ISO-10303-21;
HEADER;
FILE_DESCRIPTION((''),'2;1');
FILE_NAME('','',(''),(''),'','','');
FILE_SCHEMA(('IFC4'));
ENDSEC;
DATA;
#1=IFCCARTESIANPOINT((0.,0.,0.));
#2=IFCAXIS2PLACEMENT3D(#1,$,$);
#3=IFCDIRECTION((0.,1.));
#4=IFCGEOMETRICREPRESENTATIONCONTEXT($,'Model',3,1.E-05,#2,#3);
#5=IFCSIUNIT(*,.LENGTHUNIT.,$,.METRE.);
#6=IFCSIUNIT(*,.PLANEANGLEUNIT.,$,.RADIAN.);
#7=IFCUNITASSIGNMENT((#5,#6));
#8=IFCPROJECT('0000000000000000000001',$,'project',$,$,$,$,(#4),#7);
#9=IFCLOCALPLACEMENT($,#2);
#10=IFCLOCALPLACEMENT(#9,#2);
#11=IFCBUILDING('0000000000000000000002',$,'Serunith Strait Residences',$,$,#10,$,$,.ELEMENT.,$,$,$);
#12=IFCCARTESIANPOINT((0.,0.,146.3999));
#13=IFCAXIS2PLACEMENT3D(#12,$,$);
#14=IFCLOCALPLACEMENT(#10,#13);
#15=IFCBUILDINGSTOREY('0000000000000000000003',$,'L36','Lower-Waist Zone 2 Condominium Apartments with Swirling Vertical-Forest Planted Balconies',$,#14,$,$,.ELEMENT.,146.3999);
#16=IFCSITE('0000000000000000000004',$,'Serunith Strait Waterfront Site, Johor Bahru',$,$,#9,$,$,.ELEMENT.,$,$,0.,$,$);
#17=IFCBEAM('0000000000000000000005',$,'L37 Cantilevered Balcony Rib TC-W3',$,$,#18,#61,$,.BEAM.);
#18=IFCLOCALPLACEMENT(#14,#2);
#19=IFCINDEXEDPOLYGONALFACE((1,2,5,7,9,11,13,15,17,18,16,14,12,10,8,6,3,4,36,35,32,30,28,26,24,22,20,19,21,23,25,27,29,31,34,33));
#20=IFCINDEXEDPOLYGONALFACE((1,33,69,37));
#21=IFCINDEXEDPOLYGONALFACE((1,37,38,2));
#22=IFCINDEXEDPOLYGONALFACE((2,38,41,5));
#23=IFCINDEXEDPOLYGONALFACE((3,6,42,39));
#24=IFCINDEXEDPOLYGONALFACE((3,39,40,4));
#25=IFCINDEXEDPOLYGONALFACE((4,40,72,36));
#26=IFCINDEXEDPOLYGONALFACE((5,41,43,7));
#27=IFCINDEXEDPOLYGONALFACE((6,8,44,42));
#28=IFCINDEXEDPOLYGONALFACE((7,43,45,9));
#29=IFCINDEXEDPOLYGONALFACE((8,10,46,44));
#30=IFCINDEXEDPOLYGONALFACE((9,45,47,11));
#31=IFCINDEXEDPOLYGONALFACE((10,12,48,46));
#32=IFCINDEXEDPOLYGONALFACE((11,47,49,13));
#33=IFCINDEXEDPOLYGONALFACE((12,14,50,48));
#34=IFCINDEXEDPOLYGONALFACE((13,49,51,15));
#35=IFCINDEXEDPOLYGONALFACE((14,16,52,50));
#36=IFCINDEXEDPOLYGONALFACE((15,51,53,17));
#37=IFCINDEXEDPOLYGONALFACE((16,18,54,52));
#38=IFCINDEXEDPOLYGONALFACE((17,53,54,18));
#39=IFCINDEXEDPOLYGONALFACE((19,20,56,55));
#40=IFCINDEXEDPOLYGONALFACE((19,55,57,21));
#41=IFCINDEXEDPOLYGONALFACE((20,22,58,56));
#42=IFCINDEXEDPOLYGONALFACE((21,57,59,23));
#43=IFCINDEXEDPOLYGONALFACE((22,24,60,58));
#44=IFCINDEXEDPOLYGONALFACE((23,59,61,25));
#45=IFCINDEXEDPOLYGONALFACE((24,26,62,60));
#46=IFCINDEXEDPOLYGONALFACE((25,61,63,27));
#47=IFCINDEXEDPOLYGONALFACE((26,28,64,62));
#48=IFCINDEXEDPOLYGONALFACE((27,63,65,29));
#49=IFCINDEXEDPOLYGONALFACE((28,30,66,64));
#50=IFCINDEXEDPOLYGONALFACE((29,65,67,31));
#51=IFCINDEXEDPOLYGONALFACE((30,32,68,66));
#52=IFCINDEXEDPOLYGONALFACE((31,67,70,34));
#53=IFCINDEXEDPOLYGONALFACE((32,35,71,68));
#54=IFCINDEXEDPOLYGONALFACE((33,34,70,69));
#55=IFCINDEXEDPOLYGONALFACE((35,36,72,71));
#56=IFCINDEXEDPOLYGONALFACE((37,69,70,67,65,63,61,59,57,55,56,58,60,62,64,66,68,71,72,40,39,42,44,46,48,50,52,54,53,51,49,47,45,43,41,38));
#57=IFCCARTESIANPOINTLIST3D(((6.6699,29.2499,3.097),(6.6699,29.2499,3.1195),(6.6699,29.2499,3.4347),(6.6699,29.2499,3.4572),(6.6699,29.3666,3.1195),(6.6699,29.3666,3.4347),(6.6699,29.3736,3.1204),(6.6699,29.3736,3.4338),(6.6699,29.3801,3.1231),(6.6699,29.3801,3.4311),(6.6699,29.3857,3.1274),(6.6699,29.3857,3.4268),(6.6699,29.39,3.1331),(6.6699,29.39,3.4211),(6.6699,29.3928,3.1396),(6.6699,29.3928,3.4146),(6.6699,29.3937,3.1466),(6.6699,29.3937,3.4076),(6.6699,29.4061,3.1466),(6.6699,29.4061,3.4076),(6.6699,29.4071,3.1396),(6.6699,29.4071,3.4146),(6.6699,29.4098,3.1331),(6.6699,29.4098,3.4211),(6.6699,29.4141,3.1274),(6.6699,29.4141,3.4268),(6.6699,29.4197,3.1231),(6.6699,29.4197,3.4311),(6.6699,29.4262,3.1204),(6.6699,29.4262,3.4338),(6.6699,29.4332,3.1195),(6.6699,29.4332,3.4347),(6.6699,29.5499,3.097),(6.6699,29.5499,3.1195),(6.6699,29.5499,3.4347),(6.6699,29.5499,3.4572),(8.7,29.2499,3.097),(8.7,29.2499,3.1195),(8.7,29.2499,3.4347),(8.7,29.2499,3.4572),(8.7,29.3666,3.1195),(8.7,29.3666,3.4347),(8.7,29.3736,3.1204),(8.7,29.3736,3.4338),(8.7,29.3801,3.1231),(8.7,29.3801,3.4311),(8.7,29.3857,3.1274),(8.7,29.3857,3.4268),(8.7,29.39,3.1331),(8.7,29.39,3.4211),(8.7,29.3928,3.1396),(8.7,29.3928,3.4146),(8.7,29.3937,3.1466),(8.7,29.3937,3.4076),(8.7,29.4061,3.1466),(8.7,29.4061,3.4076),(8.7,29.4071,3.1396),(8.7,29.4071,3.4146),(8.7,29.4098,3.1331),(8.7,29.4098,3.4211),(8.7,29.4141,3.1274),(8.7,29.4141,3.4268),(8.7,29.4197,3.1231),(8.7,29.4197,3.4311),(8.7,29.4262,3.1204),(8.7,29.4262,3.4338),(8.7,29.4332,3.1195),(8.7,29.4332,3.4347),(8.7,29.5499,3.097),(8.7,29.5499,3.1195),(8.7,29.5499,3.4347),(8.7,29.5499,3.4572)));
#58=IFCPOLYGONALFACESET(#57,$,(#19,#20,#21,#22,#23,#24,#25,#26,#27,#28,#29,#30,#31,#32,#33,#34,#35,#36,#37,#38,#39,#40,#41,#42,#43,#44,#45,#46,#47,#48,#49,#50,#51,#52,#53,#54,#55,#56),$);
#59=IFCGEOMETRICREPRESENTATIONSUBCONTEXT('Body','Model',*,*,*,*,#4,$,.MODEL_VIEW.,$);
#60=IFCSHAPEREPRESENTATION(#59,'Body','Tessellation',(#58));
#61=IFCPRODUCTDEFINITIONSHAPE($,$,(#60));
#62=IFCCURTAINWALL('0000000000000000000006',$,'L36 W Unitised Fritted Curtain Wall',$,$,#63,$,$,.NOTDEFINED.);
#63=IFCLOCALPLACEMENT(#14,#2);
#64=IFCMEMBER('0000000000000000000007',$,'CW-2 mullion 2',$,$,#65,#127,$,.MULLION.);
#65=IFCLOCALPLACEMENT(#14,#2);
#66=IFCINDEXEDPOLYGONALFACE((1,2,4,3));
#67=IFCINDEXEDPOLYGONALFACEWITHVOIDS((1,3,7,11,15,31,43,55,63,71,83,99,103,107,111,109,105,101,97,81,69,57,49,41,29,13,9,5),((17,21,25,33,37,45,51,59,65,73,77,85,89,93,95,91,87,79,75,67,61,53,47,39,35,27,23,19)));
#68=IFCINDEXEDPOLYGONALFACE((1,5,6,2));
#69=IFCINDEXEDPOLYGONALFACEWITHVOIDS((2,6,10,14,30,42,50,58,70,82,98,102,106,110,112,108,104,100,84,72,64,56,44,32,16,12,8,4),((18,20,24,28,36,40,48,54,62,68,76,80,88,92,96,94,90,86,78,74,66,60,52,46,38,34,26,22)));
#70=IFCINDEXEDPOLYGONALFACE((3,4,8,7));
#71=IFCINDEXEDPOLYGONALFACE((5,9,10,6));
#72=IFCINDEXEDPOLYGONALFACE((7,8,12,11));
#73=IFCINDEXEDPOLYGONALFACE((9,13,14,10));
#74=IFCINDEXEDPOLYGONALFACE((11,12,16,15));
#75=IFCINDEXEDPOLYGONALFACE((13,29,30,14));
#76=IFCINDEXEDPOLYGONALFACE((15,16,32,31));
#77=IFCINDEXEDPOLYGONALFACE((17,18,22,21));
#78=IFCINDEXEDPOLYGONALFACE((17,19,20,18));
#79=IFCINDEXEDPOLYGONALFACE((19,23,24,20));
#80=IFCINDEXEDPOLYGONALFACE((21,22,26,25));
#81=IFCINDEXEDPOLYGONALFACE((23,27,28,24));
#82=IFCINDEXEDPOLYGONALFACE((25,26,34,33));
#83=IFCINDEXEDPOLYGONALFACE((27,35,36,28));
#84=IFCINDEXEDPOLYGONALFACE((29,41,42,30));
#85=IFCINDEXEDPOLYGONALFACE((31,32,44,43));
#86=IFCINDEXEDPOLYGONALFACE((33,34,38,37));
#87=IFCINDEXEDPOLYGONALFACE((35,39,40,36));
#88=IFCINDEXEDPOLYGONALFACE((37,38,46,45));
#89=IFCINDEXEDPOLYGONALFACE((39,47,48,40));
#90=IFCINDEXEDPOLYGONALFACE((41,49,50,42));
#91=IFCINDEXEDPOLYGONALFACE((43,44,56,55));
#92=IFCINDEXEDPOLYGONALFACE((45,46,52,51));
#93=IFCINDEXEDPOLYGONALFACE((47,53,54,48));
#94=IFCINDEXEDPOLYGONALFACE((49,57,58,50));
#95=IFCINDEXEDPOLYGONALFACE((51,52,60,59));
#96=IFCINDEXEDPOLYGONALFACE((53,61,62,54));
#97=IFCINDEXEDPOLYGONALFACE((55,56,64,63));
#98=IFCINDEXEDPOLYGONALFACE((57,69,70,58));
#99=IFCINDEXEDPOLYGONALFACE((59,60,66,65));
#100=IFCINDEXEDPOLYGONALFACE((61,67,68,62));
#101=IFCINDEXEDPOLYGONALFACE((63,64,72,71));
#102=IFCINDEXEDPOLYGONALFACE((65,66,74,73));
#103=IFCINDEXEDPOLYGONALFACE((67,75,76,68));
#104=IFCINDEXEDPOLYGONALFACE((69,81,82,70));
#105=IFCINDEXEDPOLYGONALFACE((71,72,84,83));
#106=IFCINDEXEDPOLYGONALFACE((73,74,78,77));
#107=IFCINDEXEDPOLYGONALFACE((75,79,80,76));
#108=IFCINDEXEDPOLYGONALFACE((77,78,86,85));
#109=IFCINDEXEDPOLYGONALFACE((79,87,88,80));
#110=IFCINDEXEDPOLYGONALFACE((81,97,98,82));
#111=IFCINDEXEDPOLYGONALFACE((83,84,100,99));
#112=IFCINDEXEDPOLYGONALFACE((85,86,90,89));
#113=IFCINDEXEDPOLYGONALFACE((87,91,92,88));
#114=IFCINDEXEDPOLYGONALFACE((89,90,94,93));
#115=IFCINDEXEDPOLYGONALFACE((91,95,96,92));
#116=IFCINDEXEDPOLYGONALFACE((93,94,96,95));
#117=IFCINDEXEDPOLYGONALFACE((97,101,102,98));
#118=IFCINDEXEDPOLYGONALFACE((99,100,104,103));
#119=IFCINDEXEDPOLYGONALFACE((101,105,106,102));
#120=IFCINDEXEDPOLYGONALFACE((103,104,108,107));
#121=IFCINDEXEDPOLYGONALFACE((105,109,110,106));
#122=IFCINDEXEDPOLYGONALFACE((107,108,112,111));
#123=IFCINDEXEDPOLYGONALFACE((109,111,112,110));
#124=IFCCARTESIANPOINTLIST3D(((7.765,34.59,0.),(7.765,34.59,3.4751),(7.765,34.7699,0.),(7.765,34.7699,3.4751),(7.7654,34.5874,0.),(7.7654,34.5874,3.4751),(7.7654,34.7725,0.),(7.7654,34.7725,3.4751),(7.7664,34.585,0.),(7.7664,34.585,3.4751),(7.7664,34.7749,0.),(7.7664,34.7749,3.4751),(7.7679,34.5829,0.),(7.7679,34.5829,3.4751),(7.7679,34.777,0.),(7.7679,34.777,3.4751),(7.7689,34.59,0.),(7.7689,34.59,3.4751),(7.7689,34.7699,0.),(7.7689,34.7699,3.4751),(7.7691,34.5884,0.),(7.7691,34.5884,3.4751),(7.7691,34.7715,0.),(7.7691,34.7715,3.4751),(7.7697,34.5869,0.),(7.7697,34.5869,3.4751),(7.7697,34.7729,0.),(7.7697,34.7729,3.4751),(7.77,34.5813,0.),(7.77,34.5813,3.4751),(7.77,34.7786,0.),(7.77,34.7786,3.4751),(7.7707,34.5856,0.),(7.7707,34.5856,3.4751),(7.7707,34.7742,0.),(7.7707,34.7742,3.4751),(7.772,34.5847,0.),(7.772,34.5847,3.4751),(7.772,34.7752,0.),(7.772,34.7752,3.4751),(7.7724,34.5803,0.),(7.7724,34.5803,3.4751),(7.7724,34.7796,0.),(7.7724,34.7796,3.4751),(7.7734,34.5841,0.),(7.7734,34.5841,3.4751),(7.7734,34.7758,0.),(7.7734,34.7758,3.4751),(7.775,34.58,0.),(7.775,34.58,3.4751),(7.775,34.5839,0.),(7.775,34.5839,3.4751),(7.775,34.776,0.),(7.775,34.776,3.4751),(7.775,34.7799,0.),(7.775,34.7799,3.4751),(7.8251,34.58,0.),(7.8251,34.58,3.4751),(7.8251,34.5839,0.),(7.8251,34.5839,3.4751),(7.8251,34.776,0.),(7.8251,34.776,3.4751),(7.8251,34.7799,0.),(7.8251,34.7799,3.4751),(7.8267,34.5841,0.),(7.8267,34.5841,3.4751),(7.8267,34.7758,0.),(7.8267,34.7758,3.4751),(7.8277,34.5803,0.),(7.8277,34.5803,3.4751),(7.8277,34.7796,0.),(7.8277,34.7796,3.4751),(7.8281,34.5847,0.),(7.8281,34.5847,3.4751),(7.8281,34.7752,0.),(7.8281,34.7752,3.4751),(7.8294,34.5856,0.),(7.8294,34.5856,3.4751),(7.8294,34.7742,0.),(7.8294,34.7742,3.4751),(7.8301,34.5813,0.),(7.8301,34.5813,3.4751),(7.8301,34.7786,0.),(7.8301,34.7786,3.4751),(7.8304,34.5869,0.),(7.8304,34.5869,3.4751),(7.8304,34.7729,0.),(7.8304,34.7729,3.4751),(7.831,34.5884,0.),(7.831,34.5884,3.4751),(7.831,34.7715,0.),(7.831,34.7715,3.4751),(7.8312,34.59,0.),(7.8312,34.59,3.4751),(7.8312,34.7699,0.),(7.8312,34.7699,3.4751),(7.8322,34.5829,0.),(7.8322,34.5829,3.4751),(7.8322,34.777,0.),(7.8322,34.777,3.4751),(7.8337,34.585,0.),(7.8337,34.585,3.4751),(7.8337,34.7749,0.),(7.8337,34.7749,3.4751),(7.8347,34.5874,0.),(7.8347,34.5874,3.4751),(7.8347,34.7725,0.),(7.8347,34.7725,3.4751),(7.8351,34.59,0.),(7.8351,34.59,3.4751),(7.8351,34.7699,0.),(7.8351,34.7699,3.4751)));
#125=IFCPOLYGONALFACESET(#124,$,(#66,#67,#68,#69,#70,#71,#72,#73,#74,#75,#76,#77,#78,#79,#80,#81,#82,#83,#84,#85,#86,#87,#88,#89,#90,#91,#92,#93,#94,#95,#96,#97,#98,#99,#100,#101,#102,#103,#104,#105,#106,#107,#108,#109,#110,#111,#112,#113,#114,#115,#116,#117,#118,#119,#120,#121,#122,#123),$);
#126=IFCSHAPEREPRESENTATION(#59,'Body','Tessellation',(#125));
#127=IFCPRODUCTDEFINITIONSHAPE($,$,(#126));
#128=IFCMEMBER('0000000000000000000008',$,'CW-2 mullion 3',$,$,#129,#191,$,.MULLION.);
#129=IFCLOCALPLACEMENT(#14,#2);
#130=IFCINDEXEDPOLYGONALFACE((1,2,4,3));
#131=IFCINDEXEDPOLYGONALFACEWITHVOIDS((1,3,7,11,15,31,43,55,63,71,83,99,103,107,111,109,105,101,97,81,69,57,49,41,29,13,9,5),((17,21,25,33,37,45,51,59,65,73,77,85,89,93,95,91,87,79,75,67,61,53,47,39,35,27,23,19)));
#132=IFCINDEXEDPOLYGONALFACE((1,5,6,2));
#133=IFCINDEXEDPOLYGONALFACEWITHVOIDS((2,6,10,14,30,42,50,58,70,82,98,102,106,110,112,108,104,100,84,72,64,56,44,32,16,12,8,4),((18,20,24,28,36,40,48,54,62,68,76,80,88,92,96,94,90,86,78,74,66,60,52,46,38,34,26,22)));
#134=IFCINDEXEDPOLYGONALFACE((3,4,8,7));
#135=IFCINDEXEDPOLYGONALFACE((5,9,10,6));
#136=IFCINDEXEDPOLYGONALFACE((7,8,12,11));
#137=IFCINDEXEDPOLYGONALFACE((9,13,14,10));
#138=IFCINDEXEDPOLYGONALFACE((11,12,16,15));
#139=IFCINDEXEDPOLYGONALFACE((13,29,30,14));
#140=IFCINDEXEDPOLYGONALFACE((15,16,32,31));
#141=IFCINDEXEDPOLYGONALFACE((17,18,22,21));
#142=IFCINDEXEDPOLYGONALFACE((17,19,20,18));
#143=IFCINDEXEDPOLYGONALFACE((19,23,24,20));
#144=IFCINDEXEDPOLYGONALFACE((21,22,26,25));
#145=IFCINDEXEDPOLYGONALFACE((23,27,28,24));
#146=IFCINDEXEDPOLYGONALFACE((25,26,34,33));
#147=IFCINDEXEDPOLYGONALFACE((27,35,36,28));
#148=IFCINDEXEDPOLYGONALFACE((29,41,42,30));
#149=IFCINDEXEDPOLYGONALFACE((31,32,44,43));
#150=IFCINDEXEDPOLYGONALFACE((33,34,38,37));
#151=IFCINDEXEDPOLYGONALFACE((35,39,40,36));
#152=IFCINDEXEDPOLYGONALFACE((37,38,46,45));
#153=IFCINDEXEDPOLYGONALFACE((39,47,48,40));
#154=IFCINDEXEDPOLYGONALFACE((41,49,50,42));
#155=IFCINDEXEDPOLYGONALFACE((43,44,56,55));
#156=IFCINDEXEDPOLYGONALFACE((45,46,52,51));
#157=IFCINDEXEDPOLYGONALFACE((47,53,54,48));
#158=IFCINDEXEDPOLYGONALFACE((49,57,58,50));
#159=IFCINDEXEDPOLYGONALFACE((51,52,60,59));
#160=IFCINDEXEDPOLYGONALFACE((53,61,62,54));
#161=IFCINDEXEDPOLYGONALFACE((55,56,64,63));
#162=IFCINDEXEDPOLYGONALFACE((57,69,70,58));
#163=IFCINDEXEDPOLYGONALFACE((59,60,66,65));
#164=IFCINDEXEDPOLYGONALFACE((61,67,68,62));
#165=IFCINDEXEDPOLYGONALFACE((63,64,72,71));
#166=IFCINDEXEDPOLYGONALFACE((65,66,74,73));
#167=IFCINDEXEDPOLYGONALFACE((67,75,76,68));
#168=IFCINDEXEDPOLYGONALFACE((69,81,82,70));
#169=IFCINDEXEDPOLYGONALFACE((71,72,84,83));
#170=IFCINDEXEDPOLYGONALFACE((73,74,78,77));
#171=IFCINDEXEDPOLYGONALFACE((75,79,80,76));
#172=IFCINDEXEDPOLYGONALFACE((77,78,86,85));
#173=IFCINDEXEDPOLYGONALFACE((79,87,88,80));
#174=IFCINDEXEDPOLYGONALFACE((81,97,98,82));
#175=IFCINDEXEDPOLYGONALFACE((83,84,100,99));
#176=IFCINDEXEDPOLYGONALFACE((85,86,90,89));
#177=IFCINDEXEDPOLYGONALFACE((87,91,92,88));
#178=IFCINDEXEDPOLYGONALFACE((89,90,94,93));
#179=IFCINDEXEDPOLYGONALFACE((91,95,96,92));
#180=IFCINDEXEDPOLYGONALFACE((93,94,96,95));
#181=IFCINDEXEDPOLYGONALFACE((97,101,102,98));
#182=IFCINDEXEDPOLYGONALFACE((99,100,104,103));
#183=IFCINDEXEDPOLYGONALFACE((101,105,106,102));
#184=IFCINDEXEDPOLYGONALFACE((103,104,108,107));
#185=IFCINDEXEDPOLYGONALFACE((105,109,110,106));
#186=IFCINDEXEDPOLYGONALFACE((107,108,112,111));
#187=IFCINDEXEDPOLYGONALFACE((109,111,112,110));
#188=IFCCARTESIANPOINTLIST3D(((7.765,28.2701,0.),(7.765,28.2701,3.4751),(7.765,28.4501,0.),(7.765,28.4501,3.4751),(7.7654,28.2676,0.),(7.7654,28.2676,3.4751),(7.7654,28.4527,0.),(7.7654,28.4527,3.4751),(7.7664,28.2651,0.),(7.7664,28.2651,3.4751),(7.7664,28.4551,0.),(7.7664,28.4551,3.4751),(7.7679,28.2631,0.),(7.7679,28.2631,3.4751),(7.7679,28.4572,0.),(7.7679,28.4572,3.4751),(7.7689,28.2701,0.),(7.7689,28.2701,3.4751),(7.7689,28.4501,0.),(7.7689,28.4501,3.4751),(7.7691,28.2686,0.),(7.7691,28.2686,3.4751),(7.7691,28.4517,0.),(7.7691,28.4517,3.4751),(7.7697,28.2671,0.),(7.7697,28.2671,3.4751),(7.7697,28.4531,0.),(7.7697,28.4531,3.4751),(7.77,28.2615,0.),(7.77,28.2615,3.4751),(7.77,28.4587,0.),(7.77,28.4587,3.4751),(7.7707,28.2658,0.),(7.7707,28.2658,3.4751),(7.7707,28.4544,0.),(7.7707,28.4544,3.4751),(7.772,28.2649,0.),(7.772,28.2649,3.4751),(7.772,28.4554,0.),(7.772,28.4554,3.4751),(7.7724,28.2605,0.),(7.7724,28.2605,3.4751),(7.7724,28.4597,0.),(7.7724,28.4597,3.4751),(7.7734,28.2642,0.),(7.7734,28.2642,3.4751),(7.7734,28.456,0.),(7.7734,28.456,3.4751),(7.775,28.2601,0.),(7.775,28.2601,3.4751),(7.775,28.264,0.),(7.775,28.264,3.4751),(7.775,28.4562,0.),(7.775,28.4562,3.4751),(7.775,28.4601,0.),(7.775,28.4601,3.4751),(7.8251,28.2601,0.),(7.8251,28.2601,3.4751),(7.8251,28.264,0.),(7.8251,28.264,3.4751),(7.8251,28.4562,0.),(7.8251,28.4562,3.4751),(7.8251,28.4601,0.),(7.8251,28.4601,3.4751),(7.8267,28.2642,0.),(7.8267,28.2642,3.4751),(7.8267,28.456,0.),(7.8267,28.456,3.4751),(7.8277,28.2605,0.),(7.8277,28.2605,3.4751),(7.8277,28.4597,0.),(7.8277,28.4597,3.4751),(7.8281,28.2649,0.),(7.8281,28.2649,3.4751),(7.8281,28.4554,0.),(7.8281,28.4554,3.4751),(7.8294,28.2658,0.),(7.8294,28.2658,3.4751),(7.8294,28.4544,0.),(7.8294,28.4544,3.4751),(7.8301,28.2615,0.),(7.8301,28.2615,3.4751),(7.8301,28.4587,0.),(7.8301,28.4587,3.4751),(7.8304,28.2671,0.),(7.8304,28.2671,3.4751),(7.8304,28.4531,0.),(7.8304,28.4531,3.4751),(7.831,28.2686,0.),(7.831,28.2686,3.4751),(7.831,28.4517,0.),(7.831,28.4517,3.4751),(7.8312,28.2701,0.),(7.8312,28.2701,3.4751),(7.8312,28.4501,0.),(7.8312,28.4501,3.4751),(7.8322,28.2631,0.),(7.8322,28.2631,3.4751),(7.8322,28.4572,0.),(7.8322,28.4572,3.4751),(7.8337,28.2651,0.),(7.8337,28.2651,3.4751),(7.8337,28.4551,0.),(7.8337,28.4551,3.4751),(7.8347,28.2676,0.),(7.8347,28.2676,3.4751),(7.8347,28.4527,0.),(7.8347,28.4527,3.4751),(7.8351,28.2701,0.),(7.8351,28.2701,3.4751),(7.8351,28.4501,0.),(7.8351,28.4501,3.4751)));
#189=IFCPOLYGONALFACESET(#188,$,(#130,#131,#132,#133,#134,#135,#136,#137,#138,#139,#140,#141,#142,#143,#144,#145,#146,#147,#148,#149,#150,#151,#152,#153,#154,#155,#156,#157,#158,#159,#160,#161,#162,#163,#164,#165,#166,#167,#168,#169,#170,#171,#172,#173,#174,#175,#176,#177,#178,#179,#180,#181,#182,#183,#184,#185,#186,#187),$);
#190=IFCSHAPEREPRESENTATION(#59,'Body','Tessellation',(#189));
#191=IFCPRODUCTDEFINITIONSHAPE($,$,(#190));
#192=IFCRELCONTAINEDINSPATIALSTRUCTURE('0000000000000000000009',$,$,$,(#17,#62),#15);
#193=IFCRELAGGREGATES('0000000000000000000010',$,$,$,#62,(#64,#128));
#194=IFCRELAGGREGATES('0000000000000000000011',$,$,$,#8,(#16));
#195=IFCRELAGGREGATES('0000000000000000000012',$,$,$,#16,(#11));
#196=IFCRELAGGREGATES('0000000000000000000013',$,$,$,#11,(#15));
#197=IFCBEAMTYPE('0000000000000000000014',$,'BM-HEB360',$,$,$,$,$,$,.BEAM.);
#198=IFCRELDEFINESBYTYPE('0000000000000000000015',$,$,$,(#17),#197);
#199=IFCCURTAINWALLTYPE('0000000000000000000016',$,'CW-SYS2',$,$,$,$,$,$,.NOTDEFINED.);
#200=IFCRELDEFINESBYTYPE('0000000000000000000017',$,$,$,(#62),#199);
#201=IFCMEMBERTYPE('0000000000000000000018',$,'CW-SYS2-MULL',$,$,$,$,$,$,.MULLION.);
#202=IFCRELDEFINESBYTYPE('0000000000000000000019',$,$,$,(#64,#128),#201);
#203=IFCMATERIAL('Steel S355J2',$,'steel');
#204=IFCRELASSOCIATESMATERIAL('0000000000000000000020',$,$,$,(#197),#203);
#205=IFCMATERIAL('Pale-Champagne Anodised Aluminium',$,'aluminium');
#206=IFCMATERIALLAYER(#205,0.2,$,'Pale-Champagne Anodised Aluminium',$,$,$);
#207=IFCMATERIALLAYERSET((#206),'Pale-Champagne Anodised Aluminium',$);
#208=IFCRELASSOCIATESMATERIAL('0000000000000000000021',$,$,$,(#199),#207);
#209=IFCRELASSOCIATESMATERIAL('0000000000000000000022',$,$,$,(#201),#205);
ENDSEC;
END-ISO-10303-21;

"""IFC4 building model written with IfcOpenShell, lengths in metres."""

from ifc_helpers import new_model, si_unit, direction, frame, origin, origin_2d, place, context, subcontext, project, spatial, hollow_rectangle, i_section, extrude, source, transform, mapped, material, layer, layer_set, material_profile, profile_set, type_object, element, aggregate, save


model = new_model("IFC4")

# Units and contexts
model_context = context("Model", 3, precision=1e-05, world=origin(), true_north=direction((0.0, 1.0)))
body_context = subcontext(model_context, "Body", "Model", "MODEL_VIEW")
ifc_project = project(units=[si_unit("LENGTHUNIT", "METRE"), si_unit("PLANEANGLEUNIT", "RADIAN")], contexts=[model_context])

# Site, building, storey
site_placement = place(None, origin())
site = spatial("IfcSite", under=ifc_project, at=site_placement, Name="Serunith Strait Waterfront Site, Johor Bahru", CompositionType="ELEMENT", RefElevation=0.0)
building_placement = place(site_placement, origin())
building = spatial("IfcBuilding", under=site, at=building_placement, Name="Serunith Strait Residences", CompositionType="ELEMENT")
storey_placement = place(building_placement, frame((0.0, 0.0, 146.3999)))
storey = spatial("IfcBuildingStorey", under=building, at=storey_placement, Name="L36", Description="Lower-Waist Zone 2 Condominium Apartments with Swirling Vertical-Forest Planted Balconies", CompositionType="ELEMENT", Elevation=146.3999)

# Beam
ifc_material_1 = material(Name="Steel S355J2", Category="steel")
ifc_material_profile_1 = material_profile(ifc_material_1, i_section(OverallWidth=0.3, OverallDepth=0.3601, WebThickness=0.0125, FlangeThickness=0.0225, FilletRadius=0.0271, at=origin_2d()), Name="HEB 360")
ifc_profile_set_1 = profile_set([ifc_material_profile_1], Name="Steel S355J2")
beam_type_1 = type_object("IfcBeamType", Name="BM-HEB360", PredefinedType="BEAM", material=ifc_profile_set_1)
shared_shape_1 = source(origin(), body_context, "Body", "SweptSolid", [
    extrude(i_section(OverallWidth=0.3, OverallDepth=0.3601, WebThickness=0.0125, FlangeThickness=0.0225, FilletRadius=0.0271, at=origin_2d()), origin(), (0.0, 0.0, 1.0), 2.03),
])
beam_1_placement = place(storey_placement, frame((8.7, 29.3999, 3.2771), z_axis=(-1.0, 0.0, 0.0), x_axis=(0.0, -1.0, 0.0)))
element("IfcBeam", 1, at=beam_1_placement, inside=storey, type_object=beam_type_1, Name="L37 Cantilevered Balcony Rib TC-W3", PredefinedType="BEAM", context=body_context, shape_type="MappedRepresentation", body=[
    mapped(shared_shape_1, transform((0.0, 0.0, 0.0), scale=1.0)),
])

# Curtain wall, members
ifc_material_2 = material(Name="Pale-Champagne Anodised Aluminium", Category="aluminium")
ifc_layer_1 = layer(ifc_material_2, 0.2, Name="Pale-Champagne Anodised Aluminium")
ifc_layer_set_1 = layer_set([ifc_layer_1], Name="Pale-Champagne Anodised Aluminium")
curtain_wall_type = type_object("IfcCurtainWallType", Name="CW-SYS2", PredefinedType="NOTDEFINED", material=ifc_layer_set_1)
curtain_wall_placement = place(storey_placement, origin())
curtain_wall = element("IfcCurtainWall", 2, at=curtain_wall_placement, inside=storey, type_object=curtain_wall_type, Name="L36 W Unitised Fritted Curtain Wall", PredefinedType="NOTDEFINED")
ifc_material_profile_2 = material_profile(ifc_material_2, hollow_rectangle(XDim=0.0701, YDim=0.2, WallThickness=0.0039, InnerFilletRadius=0.0061, OuterFilletRadius=0.01, at=origin_2d()), Name="ALU 200x70x4")
ifc_profile_set_2 = profile_set([ifc_material_profile_2], Name="Pale-Champagne Anodised Aluminium")
member_type_1 = type_object("IfcMemberType", Name="CW-SYS2-MULL", PredefinedType="MULLION", material=ifc_profile_set_2)
shared_shape_2 = source(origin(), body_context, "Body", "SweptSolid", [
    extrude(hollow_rectangle(XDim=0.0701, YDim=0.2, WallThickness=0.0039, InnerFilletRadius=0.0061, OuterFilletRadius=0.01, at=origin_2d()), origin(), (0.0, 0.0, 1.0), 3.4751),
])
member_1_placement = place(storey_placement, frame((7.8, 34.6799, 0.0), z_axis=(0.0, 0.0, 1.0), x_axis=(1.0, 0.0, 0.0)))
member_1 = element("IfcMember", 3, at=member_1_placement, type_object=member_type_1, Name="CW-2 mullion 2", PredefinedType="MULLION", context=body_context, shape_type="MappedRepresentation", body=[
    mapped(shared_shape_2, transform((0.0, 0.0, 0.0), scale=1.0)),
])
member_2_placement = place(storey_placement, frame((7.8, 28.3601, 0.0), z_axis=(0.0, 0.0, 1.0), x_axis=(1.0, 0.0, 0.0)))
member_2 = element("IfcMember", 4, at=member_2_placement, type_object=member_type_1, Name="CW-2 mullion 3", PredefinedType="MULLION", context=body_context, shape_type="MappedRepresentation", body=[
    mapped(shared_shape_2, transform((0.0, 0.0, 0.0), scale=1.0)),
])
aggregate(curtain_wall, [member_1, member_2])

save(model, "model.ifc")
